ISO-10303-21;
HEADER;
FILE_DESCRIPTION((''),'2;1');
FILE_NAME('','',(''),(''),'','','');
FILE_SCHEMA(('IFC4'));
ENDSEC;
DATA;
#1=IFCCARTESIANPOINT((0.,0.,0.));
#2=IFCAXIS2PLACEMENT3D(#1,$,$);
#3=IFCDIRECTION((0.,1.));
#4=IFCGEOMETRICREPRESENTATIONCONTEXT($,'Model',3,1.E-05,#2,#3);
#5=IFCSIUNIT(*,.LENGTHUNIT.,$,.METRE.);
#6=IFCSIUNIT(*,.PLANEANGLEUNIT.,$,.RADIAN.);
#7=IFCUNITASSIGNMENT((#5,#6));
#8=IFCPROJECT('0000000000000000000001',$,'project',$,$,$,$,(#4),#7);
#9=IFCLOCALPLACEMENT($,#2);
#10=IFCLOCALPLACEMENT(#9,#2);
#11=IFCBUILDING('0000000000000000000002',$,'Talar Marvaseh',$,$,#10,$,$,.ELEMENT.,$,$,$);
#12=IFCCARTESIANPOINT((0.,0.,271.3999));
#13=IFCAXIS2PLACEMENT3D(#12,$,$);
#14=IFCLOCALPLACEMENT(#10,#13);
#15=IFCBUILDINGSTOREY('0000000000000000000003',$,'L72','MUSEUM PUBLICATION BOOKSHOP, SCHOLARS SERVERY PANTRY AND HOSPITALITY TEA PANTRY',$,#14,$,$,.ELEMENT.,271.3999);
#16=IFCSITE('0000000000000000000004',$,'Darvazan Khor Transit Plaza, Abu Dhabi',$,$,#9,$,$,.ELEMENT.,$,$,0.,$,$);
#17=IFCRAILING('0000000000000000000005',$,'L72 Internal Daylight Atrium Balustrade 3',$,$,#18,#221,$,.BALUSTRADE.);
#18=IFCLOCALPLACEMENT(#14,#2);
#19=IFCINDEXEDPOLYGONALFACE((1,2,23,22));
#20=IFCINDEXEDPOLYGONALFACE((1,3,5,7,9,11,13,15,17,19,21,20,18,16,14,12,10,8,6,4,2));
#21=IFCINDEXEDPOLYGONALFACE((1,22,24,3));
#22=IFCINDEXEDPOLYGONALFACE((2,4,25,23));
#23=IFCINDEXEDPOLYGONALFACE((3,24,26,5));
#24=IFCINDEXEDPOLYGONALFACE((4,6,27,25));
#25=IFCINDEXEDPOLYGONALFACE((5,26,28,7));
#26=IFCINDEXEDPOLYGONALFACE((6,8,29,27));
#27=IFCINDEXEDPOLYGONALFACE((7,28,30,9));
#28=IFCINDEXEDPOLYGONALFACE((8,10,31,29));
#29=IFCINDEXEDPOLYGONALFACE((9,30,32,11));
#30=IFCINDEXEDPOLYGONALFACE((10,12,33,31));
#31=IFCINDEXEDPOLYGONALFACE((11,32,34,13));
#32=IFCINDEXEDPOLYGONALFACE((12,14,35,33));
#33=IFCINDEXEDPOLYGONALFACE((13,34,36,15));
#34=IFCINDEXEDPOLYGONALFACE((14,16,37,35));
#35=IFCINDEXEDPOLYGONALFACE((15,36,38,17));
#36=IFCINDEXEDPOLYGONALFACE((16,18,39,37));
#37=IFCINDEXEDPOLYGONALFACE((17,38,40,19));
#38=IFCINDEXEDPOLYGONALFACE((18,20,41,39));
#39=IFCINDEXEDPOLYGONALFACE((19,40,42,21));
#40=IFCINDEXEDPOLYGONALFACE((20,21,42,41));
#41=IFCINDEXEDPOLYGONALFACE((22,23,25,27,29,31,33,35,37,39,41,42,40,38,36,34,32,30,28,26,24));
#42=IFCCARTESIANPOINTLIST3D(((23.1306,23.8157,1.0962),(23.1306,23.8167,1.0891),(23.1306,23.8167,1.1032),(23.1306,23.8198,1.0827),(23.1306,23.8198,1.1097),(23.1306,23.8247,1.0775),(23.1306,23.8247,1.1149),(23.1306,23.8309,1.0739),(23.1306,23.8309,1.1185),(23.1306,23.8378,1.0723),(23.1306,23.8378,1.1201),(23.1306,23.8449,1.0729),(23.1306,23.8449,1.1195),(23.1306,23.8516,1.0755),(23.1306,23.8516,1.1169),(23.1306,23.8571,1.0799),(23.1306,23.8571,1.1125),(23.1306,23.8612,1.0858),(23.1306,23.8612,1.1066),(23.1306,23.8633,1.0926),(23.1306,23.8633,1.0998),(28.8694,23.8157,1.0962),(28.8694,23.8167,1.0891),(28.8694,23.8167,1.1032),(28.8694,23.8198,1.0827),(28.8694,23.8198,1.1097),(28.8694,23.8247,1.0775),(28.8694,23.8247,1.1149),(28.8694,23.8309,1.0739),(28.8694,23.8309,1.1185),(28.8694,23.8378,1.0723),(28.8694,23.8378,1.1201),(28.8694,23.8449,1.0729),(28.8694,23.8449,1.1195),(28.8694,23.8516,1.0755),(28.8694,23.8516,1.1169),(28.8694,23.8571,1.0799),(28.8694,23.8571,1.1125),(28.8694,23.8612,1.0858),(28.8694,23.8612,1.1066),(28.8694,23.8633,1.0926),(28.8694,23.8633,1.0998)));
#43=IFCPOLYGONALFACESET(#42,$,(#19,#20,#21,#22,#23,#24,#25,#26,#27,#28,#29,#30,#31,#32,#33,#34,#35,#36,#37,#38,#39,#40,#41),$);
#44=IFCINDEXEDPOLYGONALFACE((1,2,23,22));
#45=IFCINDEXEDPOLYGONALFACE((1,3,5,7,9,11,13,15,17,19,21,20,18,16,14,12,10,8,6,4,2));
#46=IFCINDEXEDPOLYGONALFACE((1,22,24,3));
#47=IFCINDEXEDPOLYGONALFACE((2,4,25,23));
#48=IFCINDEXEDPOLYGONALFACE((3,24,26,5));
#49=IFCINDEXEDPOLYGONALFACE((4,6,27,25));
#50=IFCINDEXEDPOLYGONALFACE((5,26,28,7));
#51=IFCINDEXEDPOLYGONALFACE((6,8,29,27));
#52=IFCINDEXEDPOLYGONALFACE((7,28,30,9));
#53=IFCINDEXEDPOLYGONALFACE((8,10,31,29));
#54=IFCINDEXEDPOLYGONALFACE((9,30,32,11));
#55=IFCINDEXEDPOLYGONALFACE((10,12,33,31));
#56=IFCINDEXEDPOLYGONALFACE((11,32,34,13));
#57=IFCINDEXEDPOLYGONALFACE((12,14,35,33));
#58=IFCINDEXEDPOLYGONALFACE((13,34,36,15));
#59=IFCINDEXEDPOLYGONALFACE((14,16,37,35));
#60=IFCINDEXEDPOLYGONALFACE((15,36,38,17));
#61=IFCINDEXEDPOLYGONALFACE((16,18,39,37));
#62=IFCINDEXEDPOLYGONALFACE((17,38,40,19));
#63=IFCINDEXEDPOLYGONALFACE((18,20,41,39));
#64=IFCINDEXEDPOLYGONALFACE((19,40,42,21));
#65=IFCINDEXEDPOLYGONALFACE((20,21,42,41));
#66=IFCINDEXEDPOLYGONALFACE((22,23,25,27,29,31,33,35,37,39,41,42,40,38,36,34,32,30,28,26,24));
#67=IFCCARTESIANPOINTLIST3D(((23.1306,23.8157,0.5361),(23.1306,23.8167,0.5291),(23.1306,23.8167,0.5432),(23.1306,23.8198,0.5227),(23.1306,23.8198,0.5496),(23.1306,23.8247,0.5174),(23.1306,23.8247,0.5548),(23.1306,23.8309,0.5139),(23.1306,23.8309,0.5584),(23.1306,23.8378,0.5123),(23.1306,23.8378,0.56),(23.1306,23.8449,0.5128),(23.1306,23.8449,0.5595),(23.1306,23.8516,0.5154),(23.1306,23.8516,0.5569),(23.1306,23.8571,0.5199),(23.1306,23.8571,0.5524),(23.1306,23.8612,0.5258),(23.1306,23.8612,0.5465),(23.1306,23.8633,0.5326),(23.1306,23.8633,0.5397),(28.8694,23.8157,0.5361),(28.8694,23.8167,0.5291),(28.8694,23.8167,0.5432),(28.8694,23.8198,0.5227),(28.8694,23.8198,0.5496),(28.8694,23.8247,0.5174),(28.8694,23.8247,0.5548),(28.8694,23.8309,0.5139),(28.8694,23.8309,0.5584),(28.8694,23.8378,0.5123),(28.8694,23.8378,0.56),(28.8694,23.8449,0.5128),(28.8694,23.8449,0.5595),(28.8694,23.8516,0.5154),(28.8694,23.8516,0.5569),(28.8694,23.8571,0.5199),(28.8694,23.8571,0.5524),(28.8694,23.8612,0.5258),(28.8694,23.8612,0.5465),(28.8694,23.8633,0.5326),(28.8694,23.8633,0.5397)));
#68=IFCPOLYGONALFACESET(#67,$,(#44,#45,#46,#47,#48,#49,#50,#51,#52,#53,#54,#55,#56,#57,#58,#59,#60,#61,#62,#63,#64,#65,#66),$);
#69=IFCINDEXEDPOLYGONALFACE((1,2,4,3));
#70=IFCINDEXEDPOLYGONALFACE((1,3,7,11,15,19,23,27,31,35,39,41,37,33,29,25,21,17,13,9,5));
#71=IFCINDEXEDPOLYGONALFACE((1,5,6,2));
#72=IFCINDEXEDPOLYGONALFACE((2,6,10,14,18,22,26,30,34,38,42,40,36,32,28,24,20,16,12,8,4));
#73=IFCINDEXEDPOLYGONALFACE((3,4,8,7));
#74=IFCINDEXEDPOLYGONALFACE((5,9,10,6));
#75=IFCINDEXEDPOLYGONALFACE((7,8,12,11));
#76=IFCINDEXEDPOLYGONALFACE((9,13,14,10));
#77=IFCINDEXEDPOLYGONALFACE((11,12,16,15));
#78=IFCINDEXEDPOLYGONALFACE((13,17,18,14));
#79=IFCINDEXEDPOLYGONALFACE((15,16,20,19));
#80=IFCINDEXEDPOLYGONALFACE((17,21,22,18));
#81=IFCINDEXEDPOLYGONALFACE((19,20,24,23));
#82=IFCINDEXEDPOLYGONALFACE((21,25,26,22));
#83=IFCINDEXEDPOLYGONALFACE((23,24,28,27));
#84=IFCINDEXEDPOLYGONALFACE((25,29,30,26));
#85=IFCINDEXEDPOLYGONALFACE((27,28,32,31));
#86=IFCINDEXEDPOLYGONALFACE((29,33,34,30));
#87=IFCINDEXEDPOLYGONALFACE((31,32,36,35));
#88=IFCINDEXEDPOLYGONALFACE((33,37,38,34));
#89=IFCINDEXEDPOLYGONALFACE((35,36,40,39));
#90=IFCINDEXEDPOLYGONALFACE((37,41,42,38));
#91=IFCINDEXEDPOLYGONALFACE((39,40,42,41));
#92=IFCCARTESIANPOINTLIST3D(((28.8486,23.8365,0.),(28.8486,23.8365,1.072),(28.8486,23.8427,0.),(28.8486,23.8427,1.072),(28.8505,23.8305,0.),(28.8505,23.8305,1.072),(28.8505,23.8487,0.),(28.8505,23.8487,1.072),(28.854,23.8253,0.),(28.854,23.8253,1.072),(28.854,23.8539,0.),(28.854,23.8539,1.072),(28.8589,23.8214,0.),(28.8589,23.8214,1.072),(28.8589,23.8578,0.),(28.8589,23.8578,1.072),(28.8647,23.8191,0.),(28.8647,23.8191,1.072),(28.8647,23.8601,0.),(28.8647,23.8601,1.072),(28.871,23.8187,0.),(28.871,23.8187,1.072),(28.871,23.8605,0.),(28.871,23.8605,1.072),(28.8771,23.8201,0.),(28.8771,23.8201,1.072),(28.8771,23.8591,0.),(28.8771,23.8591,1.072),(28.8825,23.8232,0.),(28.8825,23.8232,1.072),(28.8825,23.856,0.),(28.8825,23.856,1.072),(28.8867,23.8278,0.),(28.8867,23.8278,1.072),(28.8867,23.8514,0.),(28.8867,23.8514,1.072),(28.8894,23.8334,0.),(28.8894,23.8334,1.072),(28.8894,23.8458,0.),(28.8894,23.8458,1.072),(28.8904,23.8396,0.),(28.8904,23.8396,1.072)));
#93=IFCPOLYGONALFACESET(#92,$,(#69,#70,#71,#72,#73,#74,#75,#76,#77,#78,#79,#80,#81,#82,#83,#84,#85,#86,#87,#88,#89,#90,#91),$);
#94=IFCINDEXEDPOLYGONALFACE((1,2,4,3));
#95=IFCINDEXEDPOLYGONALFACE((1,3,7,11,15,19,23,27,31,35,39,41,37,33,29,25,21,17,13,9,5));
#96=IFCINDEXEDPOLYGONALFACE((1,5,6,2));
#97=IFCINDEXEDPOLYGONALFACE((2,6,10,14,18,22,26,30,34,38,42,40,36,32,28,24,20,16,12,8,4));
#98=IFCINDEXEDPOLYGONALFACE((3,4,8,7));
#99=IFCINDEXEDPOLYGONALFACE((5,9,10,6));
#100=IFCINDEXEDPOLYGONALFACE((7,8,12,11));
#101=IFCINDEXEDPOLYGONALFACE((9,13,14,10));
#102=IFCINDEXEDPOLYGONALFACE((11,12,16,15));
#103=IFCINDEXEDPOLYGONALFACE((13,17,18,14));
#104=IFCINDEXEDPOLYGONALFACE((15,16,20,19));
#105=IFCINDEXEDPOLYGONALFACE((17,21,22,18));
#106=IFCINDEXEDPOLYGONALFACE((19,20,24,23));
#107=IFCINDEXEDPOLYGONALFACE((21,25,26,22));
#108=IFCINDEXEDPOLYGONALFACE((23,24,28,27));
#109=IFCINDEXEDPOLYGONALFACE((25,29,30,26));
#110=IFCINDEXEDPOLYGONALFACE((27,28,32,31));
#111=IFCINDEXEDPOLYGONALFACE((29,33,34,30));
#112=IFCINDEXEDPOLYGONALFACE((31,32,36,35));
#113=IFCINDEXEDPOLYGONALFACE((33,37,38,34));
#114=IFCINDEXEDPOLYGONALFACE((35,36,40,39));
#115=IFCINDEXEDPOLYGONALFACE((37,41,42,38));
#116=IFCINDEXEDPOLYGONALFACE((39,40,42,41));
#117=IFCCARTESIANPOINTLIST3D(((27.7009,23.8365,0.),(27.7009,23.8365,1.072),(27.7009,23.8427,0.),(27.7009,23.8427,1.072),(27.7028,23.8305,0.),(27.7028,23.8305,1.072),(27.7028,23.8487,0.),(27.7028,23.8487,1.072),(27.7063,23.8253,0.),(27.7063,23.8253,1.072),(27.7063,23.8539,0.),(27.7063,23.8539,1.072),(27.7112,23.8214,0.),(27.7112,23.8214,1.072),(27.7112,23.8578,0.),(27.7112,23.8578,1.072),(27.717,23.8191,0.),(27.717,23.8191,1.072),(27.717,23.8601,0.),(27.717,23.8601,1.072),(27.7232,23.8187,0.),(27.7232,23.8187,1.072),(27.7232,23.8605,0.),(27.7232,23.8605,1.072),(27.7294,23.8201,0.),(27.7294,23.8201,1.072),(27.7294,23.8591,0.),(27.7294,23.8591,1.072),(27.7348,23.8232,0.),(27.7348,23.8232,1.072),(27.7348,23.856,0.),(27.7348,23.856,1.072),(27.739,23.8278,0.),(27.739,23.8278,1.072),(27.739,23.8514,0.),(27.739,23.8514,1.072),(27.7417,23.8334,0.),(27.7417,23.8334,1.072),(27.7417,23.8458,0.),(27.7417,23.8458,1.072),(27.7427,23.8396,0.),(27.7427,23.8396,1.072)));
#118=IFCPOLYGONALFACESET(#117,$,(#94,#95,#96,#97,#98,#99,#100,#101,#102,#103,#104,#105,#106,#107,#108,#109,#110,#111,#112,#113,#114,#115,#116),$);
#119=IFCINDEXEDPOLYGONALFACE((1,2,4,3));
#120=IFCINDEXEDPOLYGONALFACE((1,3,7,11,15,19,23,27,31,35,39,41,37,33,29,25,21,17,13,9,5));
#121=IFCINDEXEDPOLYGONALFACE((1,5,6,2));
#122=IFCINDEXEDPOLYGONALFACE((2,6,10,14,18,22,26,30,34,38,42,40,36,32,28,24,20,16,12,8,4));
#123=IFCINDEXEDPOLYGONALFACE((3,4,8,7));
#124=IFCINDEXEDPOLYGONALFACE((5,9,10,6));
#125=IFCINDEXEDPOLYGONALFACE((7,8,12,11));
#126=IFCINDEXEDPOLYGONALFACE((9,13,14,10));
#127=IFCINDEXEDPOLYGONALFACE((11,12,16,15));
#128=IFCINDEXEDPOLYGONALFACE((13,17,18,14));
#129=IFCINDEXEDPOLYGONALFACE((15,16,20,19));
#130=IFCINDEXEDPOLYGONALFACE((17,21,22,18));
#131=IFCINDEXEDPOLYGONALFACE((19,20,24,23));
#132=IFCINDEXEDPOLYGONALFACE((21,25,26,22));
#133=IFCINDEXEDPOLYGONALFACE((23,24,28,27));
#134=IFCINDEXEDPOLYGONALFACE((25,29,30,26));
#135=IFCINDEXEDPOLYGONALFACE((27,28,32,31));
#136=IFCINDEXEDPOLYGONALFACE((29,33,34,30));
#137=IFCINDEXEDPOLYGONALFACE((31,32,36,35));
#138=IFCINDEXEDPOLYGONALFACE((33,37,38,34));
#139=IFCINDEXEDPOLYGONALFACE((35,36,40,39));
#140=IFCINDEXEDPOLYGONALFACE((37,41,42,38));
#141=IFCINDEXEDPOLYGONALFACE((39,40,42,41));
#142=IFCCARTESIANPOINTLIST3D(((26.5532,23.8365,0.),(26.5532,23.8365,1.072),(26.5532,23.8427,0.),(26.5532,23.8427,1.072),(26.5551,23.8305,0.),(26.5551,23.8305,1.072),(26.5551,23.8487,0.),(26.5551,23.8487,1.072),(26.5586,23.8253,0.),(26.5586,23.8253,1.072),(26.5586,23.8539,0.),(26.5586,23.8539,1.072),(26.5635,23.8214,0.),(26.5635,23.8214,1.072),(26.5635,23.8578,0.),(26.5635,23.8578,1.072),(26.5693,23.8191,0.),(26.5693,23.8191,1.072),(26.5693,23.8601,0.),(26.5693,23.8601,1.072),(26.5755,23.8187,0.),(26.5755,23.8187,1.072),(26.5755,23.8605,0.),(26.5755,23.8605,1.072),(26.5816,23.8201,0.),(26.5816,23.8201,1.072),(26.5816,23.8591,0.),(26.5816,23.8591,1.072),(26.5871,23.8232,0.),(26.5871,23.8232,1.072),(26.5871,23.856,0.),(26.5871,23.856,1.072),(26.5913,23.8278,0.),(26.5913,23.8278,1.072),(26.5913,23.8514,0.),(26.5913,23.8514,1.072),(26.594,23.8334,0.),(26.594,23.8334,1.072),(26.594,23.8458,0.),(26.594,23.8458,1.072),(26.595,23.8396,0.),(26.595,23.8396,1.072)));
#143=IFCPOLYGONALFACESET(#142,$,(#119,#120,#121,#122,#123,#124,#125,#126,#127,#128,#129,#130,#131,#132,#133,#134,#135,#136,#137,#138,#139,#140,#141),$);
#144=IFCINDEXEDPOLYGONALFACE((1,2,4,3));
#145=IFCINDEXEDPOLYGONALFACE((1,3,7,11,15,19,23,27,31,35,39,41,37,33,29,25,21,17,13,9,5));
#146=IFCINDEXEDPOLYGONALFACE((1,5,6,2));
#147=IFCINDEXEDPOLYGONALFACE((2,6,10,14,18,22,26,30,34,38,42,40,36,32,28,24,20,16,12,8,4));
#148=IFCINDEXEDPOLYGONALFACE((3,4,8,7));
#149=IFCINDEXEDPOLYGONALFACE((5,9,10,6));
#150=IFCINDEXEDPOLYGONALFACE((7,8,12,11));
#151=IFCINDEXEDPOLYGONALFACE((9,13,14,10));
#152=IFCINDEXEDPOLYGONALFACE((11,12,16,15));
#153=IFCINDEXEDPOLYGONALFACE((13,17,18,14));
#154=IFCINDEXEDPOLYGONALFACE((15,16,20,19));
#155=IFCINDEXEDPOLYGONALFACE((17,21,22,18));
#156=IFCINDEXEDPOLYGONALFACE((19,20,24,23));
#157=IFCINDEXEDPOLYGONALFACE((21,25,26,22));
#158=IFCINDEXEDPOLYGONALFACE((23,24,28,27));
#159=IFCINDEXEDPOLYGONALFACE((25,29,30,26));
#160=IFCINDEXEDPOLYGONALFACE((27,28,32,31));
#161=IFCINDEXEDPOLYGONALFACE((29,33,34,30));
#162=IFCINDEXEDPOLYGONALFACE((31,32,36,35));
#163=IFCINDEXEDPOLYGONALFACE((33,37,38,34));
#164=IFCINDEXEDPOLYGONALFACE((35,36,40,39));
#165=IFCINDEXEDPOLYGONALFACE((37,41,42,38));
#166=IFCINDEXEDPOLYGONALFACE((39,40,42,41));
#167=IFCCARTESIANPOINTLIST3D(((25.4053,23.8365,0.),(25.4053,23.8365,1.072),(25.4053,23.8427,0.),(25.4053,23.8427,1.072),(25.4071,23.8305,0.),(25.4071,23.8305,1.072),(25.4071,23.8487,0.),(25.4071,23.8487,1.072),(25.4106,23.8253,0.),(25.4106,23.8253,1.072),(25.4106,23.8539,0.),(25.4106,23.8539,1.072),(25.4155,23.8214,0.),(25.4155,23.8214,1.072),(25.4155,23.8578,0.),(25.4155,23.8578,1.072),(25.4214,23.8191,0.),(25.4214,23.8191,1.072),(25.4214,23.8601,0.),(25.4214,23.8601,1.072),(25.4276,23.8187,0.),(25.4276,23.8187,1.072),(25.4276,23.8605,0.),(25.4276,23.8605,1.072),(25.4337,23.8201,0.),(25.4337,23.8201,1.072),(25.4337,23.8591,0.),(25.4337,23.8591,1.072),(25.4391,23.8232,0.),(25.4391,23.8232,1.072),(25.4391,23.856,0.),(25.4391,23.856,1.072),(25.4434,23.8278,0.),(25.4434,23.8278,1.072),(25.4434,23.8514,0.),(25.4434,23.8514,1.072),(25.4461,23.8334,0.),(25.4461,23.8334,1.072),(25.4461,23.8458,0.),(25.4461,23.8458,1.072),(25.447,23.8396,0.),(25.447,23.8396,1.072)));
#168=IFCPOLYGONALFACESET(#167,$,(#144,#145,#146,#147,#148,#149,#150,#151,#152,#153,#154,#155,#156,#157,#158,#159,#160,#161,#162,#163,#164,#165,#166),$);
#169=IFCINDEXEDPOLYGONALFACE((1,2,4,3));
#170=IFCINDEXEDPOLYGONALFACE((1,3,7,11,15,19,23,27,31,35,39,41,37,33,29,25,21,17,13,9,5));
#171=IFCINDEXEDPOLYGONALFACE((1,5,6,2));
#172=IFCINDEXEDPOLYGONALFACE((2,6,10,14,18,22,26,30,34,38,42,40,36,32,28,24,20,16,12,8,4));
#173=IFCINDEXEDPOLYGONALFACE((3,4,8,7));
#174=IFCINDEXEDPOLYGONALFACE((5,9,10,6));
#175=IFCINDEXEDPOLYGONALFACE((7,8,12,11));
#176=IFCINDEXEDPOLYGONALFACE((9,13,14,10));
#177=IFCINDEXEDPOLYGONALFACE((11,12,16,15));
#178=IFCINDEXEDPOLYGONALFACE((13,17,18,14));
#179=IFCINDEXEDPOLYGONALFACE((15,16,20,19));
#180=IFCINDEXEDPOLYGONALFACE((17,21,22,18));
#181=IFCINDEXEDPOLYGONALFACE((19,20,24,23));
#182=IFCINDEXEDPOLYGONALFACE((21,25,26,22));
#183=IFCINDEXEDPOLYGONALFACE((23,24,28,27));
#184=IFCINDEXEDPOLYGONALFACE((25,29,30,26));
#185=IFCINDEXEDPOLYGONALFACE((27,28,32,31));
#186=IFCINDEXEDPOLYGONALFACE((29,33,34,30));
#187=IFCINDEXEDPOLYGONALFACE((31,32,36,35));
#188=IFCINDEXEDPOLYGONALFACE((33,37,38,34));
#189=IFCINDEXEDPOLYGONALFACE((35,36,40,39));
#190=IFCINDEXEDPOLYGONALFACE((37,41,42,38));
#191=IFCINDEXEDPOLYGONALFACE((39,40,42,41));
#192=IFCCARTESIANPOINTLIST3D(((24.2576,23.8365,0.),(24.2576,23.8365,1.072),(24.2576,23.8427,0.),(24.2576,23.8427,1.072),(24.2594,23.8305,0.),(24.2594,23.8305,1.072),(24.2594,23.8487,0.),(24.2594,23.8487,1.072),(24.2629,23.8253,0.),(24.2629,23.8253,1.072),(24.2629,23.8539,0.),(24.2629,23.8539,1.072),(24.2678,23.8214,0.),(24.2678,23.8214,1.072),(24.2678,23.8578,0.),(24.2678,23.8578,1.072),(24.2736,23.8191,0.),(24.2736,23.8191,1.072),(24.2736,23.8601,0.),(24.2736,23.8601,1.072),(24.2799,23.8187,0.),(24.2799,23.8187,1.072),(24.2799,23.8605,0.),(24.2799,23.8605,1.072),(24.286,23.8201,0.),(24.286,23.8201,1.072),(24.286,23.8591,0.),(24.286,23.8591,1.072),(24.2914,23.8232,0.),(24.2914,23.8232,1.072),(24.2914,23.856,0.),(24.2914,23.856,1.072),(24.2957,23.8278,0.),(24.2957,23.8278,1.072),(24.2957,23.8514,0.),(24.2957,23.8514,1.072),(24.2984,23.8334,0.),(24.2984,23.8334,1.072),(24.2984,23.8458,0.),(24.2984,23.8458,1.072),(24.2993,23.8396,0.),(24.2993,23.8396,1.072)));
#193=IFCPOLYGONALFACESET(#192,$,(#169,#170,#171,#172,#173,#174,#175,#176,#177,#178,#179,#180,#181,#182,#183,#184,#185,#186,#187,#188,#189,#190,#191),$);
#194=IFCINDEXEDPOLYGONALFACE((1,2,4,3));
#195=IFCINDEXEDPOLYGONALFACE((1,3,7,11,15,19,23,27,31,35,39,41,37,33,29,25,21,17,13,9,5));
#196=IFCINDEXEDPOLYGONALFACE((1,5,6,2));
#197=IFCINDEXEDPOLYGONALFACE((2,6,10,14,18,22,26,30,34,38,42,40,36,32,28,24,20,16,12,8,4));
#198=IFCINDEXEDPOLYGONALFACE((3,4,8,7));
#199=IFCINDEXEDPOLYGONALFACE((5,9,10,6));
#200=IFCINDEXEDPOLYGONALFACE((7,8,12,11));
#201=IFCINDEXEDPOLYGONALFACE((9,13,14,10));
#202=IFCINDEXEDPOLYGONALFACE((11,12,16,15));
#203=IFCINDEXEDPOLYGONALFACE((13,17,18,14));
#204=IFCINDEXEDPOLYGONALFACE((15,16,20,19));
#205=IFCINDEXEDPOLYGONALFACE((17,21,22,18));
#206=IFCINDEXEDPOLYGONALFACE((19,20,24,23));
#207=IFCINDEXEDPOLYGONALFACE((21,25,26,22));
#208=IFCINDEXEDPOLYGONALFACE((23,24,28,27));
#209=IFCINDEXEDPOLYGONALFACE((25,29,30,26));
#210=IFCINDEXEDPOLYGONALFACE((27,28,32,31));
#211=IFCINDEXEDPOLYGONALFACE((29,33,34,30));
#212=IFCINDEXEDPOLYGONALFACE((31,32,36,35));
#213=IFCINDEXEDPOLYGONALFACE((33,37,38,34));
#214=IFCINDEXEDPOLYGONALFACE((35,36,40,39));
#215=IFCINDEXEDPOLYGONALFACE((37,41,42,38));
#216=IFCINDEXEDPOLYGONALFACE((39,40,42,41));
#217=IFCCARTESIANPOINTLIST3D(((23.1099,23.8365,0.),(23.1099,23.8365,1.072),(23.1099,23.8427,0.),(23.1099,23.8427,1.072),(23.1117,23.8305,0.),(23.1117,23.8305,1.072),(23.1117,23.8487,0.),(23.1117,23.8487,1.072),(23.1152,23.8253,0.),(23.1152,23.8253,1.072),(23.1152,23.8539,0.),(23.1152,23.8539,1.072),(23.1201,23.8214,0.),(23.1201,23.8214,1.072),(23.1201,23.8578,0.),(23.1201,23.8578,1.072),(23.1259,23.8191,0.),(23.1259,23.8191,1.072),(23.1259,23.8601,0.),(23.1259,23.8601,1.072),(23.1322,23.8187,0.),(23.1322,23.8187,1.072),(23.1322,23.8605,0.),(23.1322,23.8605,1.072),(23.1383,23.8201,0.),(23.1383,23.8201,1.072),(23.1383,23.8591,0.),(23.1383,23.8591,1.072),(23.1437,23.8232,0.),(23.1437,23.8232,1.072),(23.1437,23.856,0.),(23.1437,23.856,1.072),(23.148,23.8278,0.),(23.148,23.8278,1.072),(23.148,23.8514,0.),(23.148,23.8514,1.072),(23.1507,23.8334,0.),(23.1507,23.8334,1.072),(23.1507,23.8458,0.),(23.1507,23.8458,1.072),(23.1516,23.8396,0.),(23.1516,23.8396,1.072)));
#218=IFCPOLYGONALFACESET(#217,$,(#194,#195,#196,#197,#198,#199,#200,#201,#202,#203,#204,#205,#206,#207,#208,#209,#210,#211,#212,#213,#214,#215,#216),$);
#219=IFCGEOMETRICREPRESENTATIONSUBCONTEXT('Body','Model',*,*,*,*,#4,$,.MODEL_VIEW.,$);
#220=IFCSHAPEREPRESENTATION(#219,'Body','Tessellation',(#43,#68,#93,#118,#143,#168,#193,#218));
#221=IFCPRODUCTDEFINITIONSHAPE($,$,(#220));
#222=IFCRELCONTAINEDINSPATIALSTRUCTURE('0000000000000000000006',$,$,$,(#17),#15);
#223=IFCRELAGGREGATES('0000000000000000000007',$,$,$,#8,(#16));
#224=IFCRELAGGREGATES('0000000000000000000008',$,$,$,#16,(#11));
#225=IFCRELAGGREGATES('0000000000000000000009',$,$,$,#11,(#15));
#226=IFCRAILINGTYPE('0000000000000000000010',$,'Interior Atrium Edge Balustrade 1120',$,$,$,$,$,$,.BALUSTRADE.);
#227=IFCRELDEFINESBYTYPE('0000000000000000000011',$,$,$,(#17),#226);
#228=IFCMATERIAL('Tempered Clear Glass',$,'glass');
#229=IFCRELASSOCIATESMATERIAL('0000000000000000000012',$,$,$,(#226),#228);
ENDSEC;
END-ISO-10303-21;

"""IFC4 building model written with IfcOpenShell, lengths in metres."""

from ifc_helpers import new_model, si_unit, direction, frame, origin, origin_2d, place, context, subcontext, project, spatial, circle, extrude, material, type_object, element, save


model = new_model("IFC4")

# Units and contexts
model_context = context("Model", 3, precision=1e-05, world=origin(), true_north=direction((0.0, 1.0)))
body_context = subcontext(model_context, "Body", "Model", "MODEL_VIEW")
ifc_project = project(units=[si_unit("LENGTHUNIT", "METRE"), si_unit("PLANEANGLEUNIT", "RADIAN")], contexts=[model_context])

# Site, building, storey
site_placement = place(None, origin())
site = spatial("IfcSite", under=ifc_project, at=site_placement, Name="Darvazan Khor Transit Plaza, Abu Dhabi", CompositionType="ELEMENT", RefElevation=0.0)
building_placement = place(site_placement, origin())
building = spatial("IfcBuilding", under=site, at=building_placement, Name="Talar Marvaseh", CompositionType="ELEMENT")
storey_placement = place(building_placement, frame((0.0, 0.0, 271.3999)))
storey = spatial("IfcBuildingStorey", under=building, at=storey_placement, Name="L72", Description="MUSEUM PUBLICATION BOOKSHOP, SCHOLARS SERVERY PANTRY AND HOSPITALITY TEA PANTRY", CompositionType="ELEMENT", Elevation=271.3999)

# Railing
ifc_material_1 = material(Name="Tempered Clear Glass", Category="glass")
railing_type = type_object("IfcRailingType", Name="Interior Atrium Edge Balustrade 1120", PredefinedType="BALUSTRADE", material=ifc_material_1)
railing_1_placement = place(storey_placement, frame((28.8694, 23.8396, 0.0)))
element("IfcRailing", 1, at=railing_1_placement, inside=storey, type_object=railing_type, Name="L72 Internal Daylight Atrium Balustrade 3", PredefinedType="BALUSTRADE", context=body_context, shape_type="SweptSolid", body=[
    extrude(circle(Radius=0.0239, at=origin_2d()), frame((0.0, 0.0, 1.0962), z_axis=(-1.0, 0.0, 0.0), x_axis=(0.0, -1.0, 0.0)), (0.0, 0.0, 1.0), 5.7388),
    extrude(circle(Radius=0.0239, at=origin_2d()), frame((0.0, 0.0, 0.5361), z_axis=(-1.0, 0.0, 0.0), x_axis=(0.0, -1.0, 0.0)), (0.0, 0.0, 1.0), 5.7388),
    extrude(circle(Radius=0.021, at=origin_2d()), origin(), (0.0, 0.0, 1.0), 1.072),
    extrude(circle(Radius=0.021, at=origin_2d()), frame((-1.1477, 0.0, 0.0)), (0.0, 0.0, 1.0), 1.072),
    extrude(circle(Radius=0.021, at=origin_2d()), frame((-2.2954, 0.0, 0.0)), (0.0, 0.0, 1.0), 1.072),
    extrude(circle(Radius=0.021, at=origin_2d()), frame((-3.4434, 0.0, 0.0)), (0.0, 0.0, 1.0), 1.072),
    extrude(circle(Radius=0.021, at=origin_2d()), frame((-4.5911, 0.0, 0.0)), (0.0, 0.0, 1.0), 1.072),
    extrude(circle(Radius=0.021, at=origin_2d()), frame((-5.7388, 0.0, 0.0)), (0.0, 0.0, 1.0), 1.072),
])

save(model, "model.ifc")
